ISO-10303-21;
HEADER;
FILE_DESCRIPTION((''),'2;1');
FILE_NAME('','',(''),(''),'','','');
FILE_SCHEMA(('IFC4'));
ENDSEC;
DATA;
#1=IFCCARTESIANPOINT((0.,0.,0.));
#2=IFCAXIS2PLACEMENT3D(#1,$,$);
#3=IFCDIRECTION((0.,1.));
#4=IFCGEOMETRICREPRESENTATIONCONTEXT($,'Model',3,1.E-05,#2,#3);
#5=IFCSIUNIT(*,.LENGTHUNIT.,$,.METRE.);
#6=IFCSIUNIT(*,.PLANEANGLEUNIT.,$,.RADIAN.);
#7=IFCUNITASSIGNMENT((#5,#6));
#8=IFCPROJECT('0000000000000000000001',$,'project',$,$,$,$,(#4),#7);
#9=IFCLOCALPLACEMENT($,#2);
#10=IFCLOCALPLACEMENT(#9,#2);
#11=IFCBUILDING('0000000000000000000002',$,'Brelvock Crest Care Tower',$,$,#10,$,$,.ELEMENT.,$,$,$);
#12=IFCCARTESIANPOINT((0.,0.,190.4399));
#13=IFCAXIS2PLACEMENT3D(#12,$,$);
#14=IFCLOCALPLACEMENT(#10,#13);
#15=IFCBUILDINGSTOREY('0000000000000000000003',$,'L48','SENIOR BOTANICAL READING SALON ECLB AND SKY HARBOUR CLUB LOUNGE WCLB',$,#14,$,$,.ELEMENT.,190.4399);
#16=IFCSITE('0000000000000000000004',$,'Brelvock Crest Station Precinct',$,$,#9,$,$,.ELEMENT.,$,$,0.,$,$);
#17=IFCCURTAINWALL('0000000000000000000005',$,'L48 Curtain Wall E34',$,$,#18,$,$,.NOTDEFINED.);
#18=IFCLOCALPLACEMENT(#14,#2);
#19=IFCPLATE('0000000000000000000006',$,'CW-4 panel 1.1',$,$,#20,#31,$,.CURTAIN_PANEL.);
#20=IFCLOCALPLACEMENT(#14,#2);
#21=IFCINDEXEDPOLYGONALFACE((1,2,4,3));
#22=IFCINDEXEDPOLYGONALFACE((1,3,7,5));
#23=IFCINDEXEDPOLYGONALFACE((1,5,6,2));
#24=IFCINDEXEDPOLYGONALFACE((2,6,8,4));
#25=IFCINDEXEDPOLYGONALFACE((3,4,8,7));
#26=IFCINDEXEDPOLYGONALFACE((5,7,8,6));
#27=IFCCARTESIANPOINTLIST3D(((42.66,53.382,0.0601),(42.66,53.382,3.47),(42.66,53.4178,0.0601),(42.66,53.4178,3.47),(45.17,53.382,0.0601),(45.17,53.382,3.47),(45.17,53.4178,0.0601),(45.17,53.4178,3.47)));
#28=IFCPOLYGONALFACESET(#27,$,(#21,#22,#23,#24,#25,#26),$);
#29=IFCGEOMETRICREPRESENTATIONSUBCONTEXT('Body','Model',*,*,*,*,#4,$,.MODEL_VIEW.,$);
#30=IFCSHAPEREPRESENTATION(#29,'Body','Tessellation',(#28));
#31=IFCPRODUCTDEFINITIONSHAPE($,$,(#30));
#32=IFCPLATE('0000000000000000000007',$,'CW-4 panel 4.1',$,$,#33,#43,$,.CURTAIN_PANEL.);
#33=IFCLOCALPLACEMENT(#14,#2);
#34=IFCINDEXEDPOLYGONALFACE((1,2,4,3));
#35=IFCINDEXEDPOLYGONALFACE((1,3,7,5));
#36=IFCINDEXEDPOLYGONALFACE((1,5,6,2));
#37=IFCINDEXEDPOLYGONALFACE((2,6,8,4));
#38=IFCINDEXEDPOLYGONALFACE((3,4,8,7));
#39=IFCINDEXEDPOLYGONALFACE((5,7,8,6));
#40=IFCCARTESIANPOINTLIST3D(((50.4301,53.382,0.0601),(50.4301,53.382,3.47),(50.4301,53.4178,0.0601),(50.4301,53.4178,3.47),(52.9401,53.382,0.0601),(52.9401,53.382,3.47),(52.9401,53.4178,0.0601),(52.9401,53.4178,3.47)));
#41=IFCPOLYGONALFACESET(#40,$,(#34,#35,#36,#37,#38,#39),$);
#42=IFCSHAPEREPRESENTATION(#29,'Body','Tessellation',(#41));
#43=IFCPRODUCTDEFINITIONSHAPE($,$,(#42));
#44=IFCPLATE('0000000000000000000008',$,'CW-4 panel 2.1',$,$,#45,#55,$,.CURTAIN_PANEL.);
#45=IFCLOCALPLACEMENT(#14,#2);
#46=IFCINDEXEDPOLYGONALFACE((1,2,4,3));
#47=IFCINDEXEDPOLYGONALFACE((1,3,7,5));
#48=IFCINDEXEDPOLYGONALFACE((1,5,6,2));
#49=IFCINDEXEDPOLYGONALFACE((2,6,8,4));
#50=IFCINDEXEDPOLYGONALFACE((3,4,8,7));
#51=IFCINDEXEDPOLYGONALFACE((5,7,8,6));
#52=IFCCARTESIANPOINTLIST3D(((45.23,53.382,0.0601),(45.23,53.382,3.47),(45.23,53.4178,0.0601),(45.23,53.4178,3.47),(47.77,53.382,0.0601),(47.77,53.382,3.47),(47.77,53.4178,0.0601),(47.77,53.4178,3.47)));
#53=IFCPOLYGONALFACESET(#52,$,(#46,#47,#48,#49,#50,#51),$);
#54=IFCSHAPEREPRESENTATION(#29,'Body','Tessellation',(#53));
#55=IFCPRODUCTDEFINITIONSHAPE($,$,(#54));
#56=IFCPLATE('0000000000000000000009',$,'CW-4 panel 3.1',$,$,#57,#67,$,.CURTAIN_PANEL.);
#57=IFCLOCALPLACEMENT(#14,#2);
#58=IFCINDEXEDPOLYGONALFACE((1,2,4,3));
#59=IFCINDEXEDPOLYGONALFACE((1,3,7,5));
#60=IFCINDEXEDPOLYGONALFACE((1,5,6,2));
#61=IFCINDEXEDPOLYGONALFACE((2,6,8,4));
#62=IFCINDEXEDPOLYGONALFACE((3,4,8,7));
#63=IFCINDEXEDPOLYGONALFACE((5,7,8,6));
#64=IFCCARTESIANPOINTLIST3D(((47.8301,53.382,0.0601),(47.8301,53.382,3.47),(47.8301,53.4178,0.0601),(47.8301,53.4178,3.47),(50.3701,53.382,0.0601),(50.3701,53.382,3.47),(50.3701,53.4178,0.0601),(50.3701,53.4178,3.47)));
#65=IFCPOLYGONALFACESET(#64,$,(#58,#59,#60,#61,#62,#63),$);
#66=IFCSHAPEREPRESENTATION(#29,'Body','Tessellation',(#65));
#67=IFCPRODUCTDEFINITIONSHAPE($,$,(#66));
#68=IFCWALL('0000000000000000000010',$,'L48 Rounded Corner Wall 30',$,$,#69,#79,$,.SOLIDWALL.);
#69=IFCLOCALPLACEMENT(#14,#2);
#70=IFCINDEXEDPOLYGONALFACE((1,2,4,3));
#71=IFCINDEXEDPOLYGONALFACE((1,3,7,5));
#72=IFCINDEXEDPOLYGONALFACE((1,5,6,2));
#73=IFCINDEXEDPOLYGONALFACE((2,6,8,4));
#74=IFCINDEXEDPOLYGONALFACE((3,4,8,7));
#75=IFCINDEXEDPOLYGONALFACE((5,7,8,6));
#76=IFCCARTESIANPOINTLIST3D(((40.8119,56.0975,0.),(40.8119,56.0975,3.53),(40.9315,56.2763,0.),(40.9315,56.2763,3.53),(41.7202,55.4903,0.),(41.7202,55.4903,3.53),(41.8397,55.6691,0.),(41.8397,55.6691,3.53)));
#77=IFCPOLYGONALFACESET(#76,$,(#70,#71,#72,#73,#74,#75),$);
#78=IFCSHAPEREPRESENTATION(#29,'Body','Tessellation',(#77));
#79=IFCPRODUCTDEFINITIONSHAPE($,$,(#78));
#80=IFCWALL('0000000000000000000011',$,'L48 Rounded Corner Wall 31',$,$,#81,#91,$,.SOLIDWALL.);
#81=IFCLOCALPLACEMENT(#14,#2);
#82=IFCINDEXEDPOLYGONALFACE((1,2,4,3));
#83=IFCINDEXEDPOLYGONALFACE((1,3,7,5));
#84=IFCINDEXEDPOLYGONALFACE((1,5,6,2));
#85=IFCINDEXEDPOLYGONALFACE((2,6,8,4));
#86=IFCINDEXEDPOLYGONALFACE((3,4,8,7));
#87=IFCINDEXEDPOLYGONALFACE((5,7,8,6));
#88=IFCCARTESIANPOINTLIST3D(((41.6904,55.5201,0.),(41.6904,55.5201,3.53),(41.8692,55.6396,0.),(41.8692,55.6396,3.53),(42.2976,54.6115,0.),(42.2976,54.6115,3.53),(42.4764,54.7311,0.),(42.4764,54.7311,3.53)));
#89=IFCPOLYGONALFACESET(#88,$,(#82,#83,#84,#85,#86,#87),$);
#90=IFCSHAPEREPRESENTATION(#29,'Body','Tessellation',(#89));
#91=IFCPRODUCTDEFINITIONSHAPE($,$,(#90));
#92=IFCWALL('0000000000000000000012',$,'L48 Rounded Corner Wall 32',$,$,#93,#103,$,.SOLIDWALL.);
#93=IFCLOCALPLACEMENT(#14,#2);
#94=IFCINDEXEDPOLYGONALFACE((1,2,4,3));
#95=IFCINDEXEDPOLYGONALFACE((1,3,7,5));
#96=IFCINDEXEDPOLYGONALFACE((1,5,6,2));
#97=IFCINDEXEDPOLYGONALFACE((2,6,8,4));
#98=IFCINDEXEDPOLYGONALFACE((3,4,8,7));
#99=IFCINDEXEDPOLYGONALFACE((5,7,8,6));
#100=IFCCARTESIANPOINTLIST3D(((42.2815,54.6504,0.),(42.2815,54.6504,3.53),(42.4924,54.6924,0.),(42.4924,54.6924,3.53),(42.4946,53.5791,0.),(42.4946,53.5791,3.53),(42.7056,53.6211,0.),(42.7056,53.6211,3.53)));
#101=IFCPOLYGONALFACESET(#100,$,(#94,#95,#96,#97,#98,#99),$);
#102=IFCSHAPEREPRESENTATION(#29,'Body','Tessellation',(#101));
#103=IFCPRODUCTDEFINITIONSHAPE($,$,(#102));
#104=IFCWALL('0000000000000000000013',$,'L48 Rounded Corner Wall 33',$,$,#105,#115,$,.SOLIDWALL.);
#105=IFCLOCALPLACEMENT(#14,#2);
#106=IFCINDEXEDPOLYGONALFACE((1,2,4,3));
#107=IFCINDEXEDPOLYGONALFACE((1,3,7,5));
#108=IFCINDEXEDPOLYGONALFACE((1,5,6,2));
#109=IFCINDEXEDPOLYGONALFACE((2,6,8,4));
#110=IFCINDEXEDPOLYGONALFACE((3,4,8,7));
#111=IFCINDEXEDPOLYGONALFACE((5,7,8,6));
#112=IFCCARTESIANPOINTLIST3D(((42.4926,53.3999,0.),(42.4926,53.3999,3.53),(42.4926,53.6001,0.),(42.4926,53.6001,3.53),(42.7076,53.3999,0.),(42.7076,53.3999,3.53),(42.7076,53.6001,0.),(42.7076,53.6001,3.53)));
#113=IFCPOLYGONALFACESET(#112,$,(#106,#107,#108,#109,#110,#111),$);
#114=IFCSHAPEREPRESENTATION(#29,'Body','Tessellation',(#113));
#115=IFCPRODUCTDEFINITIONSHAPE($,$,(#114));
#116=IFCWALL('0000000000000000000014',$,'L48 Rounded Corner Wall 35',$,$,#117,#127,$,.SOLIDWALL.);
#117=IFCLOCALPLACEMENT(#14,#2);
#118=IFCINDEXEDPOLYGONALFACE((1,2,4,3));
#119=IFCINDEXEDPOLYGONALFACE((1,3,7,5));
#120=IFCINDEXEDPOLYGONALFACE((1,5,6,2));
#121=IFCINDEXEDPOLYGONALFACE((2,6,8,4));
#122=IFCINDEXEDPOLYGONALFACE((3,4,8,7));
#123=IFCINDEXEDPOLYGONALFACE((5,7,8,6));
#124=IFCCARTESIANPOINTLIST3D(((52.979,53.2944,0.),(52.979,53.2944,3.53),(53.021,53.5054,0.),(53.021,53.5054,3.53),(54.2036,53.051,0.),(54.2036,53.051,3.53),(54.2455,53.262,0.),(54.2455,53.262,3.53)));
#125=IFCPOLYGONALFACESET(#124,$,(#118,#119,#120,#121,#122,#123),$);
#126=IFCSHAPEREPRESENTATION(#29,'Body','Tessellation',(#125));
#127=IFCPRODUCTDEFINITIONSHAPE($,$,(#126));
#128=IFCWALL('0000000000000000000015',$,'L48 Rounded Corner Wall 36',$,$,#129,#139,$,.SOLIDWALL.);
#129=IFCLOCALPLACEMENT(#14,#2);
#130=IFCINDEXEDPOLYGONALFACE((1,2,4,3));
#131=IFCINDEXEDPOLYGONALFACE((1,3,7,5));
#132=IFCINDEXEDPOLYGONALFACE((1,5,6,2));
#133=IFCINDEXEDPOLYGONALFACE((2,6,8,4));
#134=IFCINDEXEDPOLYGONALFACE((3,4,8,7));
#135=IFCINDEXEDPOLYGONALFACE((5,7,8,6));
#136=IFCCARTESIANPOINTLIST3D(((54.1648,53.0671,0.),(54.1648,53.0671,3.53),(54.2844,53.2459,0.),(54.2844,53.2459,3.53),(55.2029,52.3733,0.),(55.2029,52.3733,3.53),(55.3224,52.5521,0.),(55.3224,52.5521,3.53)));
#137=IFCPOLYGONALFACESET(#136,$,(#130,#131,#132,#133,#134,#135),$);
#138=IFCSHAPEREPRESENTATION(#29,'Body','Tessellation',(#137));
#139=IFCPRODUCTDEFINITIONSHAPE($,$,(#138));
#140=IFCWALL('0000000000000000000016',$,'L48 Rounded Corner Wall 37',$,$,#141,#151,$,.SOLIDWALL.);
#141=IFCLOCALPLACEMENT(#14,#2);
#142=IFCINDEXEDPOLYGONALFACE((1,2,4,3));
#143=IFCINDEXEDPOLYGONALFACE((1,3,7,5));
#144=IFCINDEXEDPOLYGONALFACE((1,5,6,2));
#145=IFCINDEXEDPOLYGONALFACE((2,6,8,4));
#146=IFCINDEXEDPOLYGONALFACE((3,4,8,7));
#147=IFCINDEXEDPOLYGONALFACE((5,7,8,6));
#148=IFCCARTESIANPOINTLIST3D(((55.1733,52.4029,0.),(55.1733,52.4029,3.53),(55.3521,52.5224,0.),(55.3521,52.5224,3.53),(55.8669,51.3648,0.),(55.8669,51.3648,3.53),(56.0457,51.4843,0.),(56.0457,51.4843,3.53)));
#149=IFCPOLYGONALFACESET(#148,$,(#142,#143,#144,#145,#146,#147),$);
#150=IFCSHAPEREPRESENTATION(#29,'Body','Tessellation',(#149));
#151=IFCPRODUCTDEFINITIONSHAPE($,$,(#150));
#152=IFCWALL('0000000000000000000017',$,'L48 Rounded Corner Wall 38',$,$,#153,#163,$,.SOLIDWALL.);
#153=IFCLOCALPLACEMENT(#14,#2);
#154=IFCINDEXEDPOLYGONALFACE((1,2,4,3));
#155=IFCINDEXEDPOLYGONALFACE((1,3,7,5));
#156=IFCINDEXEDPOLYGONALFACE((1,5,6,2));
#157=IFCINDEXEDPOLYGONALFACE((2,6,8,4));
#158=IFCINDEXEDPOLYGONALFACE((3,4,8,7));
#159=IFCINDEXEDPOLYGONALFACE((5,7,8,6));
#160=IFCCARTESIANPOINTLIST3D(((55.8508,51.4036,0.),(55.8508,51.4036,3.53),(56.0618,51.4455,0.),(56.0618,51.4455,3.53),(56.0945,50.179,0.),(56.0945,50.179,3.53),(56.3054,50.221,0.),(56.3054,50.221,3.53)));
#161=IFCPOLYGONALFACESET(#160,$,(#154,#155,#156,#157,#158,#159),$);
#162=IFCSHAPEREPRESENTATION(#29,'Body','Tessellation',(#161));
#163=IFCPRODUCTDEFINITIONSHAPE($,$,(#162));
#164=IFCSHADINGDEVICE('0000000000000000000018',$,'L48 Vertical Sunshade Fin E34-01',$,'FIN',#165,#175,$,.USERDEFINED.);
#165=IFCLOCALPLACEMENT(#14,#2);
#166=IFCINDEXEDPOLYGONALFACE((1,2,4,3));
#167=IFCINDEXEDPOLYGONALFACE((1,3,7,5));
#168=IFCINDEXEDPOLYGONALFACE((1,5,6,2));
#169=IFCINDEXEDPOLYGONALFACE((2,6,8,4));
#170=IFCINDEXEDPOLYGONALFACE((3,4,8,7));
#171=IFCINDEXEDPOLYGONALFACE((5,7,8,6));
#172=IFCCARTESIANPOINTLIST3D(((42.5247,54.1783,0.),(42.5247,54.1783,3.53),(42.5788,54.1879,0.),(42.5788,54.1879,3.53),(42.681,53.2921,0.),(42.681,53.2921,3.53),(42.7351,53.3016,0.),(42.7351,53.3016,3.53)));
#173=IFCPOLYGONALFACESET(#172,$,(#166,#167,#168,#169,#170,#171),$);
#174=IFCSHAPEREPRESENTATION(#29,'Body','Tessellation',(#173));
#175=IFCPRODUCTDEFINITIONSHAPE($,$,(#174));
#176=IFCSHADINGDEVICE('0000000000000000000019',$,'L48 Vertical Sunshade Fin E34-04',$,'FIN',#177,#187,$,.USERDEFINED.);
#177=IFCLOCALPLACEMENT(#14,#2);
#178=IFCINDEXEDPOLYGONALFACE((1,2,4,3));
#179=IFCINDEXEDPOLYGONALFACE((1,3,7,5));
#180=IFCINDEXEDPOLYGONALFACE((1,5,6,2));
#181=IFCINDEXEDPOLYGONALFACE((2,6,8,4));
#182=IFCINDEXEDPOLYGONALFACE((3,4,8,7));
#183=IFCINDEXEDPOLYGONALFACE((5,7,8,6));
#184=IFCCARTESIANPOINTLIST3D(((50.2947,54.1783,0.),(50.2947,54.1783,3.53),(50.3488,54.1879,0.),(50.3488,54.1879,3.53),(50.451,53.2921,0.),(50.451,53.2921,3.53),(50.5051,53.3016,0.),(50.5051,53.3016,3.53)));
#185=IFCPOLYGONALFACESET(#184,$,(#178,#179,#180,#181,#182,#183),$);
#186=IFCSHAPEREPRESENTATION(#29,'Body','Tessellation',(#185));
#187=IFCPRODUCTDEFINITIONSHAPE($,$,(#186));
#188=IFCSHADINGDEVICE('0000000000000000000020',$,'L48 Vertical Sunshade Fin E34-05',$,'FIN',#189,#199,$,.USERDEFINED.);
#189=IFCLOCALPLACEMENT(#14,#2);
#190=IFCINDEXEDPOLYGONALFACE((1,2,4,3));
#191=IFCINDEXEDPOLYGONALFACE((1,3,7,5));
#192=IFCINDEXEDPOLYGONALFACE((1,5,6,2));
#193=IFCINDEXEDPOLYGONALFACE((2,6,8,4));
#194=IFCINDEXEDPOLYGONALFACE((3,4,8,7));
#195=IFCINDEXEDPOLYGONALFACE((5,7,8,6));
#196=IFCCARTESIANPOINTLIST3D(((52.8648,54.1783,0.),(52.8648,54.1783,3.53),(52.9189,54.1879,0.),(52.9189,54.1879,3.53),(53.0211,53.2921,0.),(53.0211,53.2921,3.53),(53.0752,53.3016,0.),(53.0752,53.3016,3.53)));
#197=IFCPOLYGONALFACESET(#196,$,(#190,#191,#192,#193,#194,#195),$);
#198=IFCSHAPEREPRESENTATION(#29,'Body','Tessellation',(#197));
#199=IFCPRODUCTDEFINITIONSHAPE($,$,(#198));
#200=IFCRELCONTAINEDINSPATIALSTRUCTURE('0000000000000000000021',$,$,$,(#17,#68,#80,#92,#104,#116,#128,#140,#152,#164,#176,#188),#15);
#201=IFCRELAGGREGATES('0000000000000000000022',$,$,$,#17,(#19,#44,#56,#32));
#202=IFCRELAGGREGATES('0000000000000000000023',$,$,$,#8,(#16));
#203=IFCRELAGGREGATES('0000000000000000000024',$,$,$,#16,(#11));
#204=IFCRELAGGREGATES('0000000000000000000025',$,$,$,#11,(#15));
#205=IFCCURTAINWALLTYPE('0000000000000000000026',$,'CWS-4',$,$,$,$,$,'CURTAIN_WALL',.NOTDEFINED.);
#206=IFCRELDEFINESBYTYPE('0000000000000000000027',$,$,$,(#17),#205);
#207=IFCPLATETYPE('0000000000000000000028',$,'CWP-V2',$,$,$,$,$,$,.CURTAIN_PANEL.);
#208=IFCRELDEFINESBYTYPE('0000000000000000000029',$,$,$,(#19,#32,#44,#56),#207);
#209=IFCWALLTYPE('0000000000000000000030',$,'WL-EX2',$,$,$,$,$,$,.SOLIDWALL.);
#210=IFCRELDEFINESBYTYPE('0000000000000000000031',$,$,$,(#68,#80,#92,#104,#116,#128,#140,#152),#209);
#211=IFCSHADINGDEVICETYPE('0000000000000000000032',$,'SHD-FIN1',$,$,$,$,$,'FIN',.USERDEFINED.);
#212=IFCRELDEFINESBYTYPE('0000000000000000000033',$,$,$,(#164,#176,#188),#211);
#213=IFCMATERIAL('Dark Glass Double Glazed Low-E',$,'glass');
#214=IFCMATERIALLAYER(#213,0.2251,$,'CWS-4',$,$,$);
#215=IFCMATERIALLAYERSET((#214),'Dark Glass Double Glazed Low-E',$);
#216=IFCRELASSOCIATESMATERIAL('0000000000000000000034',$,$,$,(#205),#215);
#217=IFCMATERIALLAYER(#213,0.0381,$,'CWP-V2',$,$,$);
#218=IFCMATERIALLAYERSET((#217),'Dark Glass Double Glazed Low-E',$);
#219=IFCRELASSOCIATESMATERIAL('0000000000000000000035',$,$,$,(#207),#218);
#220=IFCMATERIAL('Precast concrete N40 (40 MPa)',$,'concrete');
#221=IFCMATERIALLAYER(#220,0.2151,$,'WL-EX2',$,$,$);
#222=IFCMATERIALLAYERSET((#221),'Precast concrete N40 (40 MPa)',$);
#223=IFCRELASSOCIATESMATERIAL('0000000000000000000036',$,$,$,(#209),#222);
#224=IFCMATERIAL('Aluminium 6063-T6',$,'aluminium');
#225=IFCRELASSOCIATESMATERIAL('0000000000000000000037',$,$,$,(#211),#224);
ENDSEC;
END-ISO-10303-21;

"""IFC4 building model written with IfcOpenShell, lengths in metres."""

from ifc_helpers import new_model, si_unit, direction, frame, frame_2d, origin, origin_2d, place, context, subcontext, project, spatial, rectangle, extrude, source, transform, mapped, material, layer, layer_set, material_profile, profile_set, type_object, element, aggregate, save


model = new_model("IFC4")

# Units and contexts
model_context = context("Model", 3, precision=1e-05, world=origin(), true_north=direction((0.0, 1.0)))
body_context = subcontext(model_context, "Body", "Model", "MODEL_VIEW")
ifc_project = project(units=[si_unit("LENGTHUNIT", "METRE"), si_unit("PLANEANGLEUNIT", "RADIAN")], contexts=[model_context])

# Site, building, storey
site_placement = place(None, origin())
site = spatial("IfcSite", under=ifc_project, at=site_placement, Name="Brelvock Crest Station Precinct", CompositionType="ELEMENT", RefElevation=0.0)
building_placement = place(site_placement, origin())
building = spatial("IfcBuilding", under=site, at=building_placement, Name="Brelvock Crest Care Tower", CompositionType="ELEMENT")
storey_placement = place(building_placement, frame((0.0, 0.0, 190.4399)))
storey = spatial("IfcBuildingStorey", under=building, at=storey_placement, Name="L48", Description="SENIOR BOTANICAL READING SALON ECLB AND SKY HARBOUR CLUB LOUNGE WCLB", CompositionType="ELEMENT", Elevation=190.4399)

# Curtain wall, plates
ifc_material_1 = material(Name="Dark Glass Double Glazed Low-E", Category="glass")
ifc_layer_1 = layer(ifc_material_1, 0.2251, Name="CWS-4")
ifc_layer_set_1 = layer_set([ifc_layer_1], Name="Dark Glass Double Glazed Low-E")
curtain_wall_type = type_object("IfcCurtainWallType", Name="CWS-4", ElementType="CURTAIN_WALL", PredefinedType="NOTDEFINED", material=ifc_layer_set_1)
curtain_wall_placement = place(storey_placement, origin())
curtain_wall = element("IfcCurtainWall", 1, at=curtain_wall_placement, inside=storey, type_object=curtain_wall_type, Name="L48 Curtain Wall E34", PredefinedType="NOTDEFINED")
ifc_material_2 = material(Name="Aluminium 6063-T6", Category="aluminium")
ifc_layer_2 = layer(ifc_material_1, 0.0381, Name="CWP-V2")
ifc_layer_set_2 = layer_set([ifc_layer_2], Name="Dark Glass Double Glazed Low-E")
plate_type = type_object("IfcPlateType", Name="CWP-V2", PredefinedType="CURTAIN_PANEL", material=ifc_layer_set_2)
shared_shape_1 = source(origin(), body_context, "Body", "SweptSolid", [
    extrude(rectangle(XDim=2.51, YDim=0.0359, at=origin_2d()), origin(), (0.0, 0.0, 1.0), 3.4099),
])
plate_1_placement = place(storey_placement, frame((43.915, 53.3999, 0.0601), z_axis=(0.0, 0.0, 1.0), x_axis=(1.0, 0.0, 0.0)))
plate_1 = element("IfcPlate", 2, at=plate_1_placement, type_object=plate_type, Name="CW-4 panel 1.1", PredefinedType="CURTAIN_PANEL", context=body_context, shape_type="MappedRepresentation", body=[
    mapped(shared_shape_1, transform((0.0, 0.0, 0.0), x_axis=(1.0, 0.0, 0.0), y_axis=(0.0, 1.0, 0.0), z_axis=(0.0, 0.0, 1.0), scale=1.0)),
])
plate_2_placement = place(storey_placement, frame((51.6851, 53.3999, 0.0601), z_axis=(0.0, 0.0, 1.0), x_axis=(1.0, 0.0, 0.0)))
plate_2 = element("IfcPlate", 3, at=plate_2_placement, type_object=plate_type, Name="CW-4 panel 4.1", PredefinedType="CURTAIN_PANEL", context=body_context, shape_type="MappedRepresentation", body=[
    mapped(shared_shape_1, transform((0.0, 0.0, 0.0), x_axis=(1.0, 0.0, 0.0), y_axis=(0.0, 1.0, 0.0), z_axis=(0.0, 0.0, 1.0), scale=1.0)),
])
shared_shape_2 = source(origin(), body_context, "Body", "SweptSolid", [
    extrude(rectangle(XDim=2.54, YDim=0.0359, at=origin_2d()), origin(), (0.0, 0.0, 1.0), 3.4099),
])
plate_3_placement = place(storey_placement, frame((46.5, 53.3999, 0.0601), z_axis=(0.0, 0.0, 1.0), x_axis=(1.0, 0.0, 0.0)))
plate_3 = element("IfcPlate", 4, at=plate_3_placement, type_object=plate_type, Name="CW-4 panel 2.1", PredefinedType="CURTAIN_PANEL", context=body_context, shape_type="MappedRepresentation", body=[
    mapped(shared_shape_2, transform((0.0, 0.0, 0.0), x_axis=(1.0, 0.0, 0.0), y_axis=(0.0, 1.0, 0.0), z_axis=(0.0, 0.0, 1.0), scale=1.0)),
])
plate_4_placement = place(storey_placement, frame((49.1001, 53.3999, 0.0601), z_axis=(0.0, 0.0, 1.0), x_axis=(1.0, 0.0, 0.0)))
plate_4 = element("IfcPlate", 5, at=plate_4_placement, type_object=plate_type, Name="CW-4 panel 3.1", PredefinedType="CURTAIN_PANEL", context=body_context, shape_type="MappedRepresentation", body=[
    mapped(shared_shape_2, transform((0.0, 0.0, 0.0), x_axis=(1.0, 0.0, 0.0), y_axis=(0.0, 1.0, 0.0), z_axis=(0.0, 0.0, 1.0), scale=1.0)),
])
aggregate(curtain_wall, [plate_1, plate_3, plate_4, plate_2])

# Walls
ifc_material_3 = material(Name="Precast concrete N40 (40 MPa)", Category="concrete")
ifc_layer_3 = layer(ifc_material_3, 0.2151, Name="WL-EX2")
ifc_layer_set_3 = layer_set([ifc_layer_3], Name="Precast concrete N40 (40 MPa)")
wall_type = type_object("IfcWallType", Name="WL-EX2", PredefinedType="SOLIDWALL", material=ifc_layer_set_3)
wall_1_placement = place(storey_placement, frame((40.8716, 56.187, 0.0), z_axis=(0.0, 0.0, 1.0), x_axis=(0.831328, -0.555783, 0.0)))
element("IfcWall", 6, at=wall_1_placement, inside=storey, type_object=wall_type, Name="L48 Rounded Corner Wall 30", PredefinedType="SOLIDWALL", context=body_context, shape_type="SweptSolid", body=[
    extrude(rectangle(XDim=1.0925, YDim=0.2151, at=frame_2d((0.5464, 0.0))), origin(), (0.0, 0.0, 1.0), 3.53),
])
wall_2_placement = place(storey_placement, frame((41.7798, 55.5798, 0.0), z_axis=(0.0, 0.0, 1.0), x_axis=(0.555679, -0.831397, 0.0)))
element("IfcWall", 7, at=wall_2_placement, inside=storey, type_object=wall_type, Name="L48 Rounded Corner Wall 31", PredefinedType="SOLIDWALL", context=body_context, shape_type="SweptSolid", body=[
    extrude(rectangle(XDim=1.0928, YDim=0.2151, at=frame_2d((0.5464, 0.0))), origin(), (0.0, 0.0, 1.0), 3.53),
])
wall_3_placement = place(storey_placement, frame((42.387, 54.6714, 0.0), z_axis=(0.0, 0.0, 1.0), x_axis=(0.195127, -0.980778, 0.0)))
element("IfcWall", 8, at=wall_3_placement, inside=storey, type_object=wall_type, Name="L48 Rounded Corner Wall 32", PredefinedType="SOLIDWALL", context=body_context, shape_type="SweptSolid", body=[
    extrude(rectangle(XDim=1.0923, YDim=0.2151, at=frame_2d((0.5461, 0.0))), origin(), (0.0, 0.0, 1.0), 3.53),
])
wall_4_placement = place(storey_placement, frame((42.6001, 53.6001, 0.0), z_axis=(0.0, 0.0, 1.0), x_axis=(0.0, -1.0, 0.0)))
element("IfcWall", 9, at=wall_4_placement, inside=storey, type_object=wall_type, Name="L48 Rounded Corner Wall 33", PredefinedType="SOLIDWALL", context=body_context, shape_type="SweptSolid", body=[
    extrude(rectangle(XDim=0.2002, YDim=0.2151, at=frame_2d((0.1001, 0.0))), origin(), (0.0, 0.0, 1.0), 3.53),
])
for number, where, z_axis, x_axis, name in (
    (10, (53.0, 53.3999, 0.0), (0.0, 0.0, 1.0), (0.980813, -0.19495, 0.0), "L48 Rounded Corner Wall 35"),
    (11, (54.2246, 53.1565, 0.0), (0.0, 0.0, 1.0), (0.831388, -0.555692, 0.0), "L48 Rounded Corner Wall 36"),
    (12, (55.2627, 52.4626, 0.0), (0.0, 0.0, 1.0), (0.555557, -0.831478, 0.0), "L48 Rounded Corner Wall 37"),
    (13, (55.9563, 51.4246, 0.0), (0.0, 0.0, 1.0), (0.195138, -0.980776, 0.0), "L48 Rounded Corner Wall 38"),
):
    element("IfcWall", number, at=place(storey_placement, frame(where, z_axis=z_axis, x_axis=x_axis)), inside=storey, type_object=wall_type, Name=name, PredefinedType="SOLIDWALL", context=body_context, shape_type="SweptSolid", body=[
        extrude(rectangle(XDim=1.2485, YDim=0.2151, at=frame_2d((0.6243, 0.0))), origin(), (0.0, 0.0, 1.0), 3.53),
    ])

# Shading devices
ifc_material_profile_1 = material_profile(ifc_material_2, rectangle(XDim=0.0549, YDim=0.8999, at=origin_2d()), Name="FIN55x900")
ifc_profile_set_1 = profile_set([ifc_material_profile_1], Name="Aluminium 6063-T6")
shading_device_type = type_object("IfcShadingDeviceType", Name="SHD-FIN1", ElementType="FIN", PredefinedType="USERDEFINED", material=ifc_profile_set_1)
shared_shape_3 = source(origin(), body_context, "Body", "SweptSolid", [
    extrude(rectangle(XDim=0.0549, YDim=0.8999, at=origin_2d()), origin(), (0.0, 0.0, 1.0), 3.53),
])
for number, where, z_axis, x_axis, name in (
    (14, (42.6299, 53.74, 0.0), (0.0, 0.0, 1.0), (0.984808, 0.173648, 0.0), "L48 Vertical Sunshade Fin E34-01"),
    (15, (50.3999, 53.74, 0.0), (0.0, 0.0, 1.0), (0.984808, 0.173648, 0.0), "L48 Vertical Sunshade Fin E34-04"),
    (16, (52.97, 53.74, 0.0), (0.0, 0.0, 1.0), (0.984808, 0.173648, 0.0), "L48 Vertical Sunshade Fin E34-05"),
):
    element("IfcShadingDevice", number, at=place(storey_placement, frame(where, z_axis=z_axis, x_axis=x_axis)), inside=storey, type_object=shading_device_type, Name=name, ObjectType="FIN", PredefinedType="USERDEFINED", context=body_context, shape_type="MappedRepresentation", body=[
        mapped(shared_shape_3, transform((0.0, 0.0, 0.0), x_axis=(1.0, 0.0, 0.0), y_axis=(0.0, 1.0, 0.0), z_axis=(0.0, 0.0, 1.0), scale=1.0)),
    ])

save(model, "model.ifc")
